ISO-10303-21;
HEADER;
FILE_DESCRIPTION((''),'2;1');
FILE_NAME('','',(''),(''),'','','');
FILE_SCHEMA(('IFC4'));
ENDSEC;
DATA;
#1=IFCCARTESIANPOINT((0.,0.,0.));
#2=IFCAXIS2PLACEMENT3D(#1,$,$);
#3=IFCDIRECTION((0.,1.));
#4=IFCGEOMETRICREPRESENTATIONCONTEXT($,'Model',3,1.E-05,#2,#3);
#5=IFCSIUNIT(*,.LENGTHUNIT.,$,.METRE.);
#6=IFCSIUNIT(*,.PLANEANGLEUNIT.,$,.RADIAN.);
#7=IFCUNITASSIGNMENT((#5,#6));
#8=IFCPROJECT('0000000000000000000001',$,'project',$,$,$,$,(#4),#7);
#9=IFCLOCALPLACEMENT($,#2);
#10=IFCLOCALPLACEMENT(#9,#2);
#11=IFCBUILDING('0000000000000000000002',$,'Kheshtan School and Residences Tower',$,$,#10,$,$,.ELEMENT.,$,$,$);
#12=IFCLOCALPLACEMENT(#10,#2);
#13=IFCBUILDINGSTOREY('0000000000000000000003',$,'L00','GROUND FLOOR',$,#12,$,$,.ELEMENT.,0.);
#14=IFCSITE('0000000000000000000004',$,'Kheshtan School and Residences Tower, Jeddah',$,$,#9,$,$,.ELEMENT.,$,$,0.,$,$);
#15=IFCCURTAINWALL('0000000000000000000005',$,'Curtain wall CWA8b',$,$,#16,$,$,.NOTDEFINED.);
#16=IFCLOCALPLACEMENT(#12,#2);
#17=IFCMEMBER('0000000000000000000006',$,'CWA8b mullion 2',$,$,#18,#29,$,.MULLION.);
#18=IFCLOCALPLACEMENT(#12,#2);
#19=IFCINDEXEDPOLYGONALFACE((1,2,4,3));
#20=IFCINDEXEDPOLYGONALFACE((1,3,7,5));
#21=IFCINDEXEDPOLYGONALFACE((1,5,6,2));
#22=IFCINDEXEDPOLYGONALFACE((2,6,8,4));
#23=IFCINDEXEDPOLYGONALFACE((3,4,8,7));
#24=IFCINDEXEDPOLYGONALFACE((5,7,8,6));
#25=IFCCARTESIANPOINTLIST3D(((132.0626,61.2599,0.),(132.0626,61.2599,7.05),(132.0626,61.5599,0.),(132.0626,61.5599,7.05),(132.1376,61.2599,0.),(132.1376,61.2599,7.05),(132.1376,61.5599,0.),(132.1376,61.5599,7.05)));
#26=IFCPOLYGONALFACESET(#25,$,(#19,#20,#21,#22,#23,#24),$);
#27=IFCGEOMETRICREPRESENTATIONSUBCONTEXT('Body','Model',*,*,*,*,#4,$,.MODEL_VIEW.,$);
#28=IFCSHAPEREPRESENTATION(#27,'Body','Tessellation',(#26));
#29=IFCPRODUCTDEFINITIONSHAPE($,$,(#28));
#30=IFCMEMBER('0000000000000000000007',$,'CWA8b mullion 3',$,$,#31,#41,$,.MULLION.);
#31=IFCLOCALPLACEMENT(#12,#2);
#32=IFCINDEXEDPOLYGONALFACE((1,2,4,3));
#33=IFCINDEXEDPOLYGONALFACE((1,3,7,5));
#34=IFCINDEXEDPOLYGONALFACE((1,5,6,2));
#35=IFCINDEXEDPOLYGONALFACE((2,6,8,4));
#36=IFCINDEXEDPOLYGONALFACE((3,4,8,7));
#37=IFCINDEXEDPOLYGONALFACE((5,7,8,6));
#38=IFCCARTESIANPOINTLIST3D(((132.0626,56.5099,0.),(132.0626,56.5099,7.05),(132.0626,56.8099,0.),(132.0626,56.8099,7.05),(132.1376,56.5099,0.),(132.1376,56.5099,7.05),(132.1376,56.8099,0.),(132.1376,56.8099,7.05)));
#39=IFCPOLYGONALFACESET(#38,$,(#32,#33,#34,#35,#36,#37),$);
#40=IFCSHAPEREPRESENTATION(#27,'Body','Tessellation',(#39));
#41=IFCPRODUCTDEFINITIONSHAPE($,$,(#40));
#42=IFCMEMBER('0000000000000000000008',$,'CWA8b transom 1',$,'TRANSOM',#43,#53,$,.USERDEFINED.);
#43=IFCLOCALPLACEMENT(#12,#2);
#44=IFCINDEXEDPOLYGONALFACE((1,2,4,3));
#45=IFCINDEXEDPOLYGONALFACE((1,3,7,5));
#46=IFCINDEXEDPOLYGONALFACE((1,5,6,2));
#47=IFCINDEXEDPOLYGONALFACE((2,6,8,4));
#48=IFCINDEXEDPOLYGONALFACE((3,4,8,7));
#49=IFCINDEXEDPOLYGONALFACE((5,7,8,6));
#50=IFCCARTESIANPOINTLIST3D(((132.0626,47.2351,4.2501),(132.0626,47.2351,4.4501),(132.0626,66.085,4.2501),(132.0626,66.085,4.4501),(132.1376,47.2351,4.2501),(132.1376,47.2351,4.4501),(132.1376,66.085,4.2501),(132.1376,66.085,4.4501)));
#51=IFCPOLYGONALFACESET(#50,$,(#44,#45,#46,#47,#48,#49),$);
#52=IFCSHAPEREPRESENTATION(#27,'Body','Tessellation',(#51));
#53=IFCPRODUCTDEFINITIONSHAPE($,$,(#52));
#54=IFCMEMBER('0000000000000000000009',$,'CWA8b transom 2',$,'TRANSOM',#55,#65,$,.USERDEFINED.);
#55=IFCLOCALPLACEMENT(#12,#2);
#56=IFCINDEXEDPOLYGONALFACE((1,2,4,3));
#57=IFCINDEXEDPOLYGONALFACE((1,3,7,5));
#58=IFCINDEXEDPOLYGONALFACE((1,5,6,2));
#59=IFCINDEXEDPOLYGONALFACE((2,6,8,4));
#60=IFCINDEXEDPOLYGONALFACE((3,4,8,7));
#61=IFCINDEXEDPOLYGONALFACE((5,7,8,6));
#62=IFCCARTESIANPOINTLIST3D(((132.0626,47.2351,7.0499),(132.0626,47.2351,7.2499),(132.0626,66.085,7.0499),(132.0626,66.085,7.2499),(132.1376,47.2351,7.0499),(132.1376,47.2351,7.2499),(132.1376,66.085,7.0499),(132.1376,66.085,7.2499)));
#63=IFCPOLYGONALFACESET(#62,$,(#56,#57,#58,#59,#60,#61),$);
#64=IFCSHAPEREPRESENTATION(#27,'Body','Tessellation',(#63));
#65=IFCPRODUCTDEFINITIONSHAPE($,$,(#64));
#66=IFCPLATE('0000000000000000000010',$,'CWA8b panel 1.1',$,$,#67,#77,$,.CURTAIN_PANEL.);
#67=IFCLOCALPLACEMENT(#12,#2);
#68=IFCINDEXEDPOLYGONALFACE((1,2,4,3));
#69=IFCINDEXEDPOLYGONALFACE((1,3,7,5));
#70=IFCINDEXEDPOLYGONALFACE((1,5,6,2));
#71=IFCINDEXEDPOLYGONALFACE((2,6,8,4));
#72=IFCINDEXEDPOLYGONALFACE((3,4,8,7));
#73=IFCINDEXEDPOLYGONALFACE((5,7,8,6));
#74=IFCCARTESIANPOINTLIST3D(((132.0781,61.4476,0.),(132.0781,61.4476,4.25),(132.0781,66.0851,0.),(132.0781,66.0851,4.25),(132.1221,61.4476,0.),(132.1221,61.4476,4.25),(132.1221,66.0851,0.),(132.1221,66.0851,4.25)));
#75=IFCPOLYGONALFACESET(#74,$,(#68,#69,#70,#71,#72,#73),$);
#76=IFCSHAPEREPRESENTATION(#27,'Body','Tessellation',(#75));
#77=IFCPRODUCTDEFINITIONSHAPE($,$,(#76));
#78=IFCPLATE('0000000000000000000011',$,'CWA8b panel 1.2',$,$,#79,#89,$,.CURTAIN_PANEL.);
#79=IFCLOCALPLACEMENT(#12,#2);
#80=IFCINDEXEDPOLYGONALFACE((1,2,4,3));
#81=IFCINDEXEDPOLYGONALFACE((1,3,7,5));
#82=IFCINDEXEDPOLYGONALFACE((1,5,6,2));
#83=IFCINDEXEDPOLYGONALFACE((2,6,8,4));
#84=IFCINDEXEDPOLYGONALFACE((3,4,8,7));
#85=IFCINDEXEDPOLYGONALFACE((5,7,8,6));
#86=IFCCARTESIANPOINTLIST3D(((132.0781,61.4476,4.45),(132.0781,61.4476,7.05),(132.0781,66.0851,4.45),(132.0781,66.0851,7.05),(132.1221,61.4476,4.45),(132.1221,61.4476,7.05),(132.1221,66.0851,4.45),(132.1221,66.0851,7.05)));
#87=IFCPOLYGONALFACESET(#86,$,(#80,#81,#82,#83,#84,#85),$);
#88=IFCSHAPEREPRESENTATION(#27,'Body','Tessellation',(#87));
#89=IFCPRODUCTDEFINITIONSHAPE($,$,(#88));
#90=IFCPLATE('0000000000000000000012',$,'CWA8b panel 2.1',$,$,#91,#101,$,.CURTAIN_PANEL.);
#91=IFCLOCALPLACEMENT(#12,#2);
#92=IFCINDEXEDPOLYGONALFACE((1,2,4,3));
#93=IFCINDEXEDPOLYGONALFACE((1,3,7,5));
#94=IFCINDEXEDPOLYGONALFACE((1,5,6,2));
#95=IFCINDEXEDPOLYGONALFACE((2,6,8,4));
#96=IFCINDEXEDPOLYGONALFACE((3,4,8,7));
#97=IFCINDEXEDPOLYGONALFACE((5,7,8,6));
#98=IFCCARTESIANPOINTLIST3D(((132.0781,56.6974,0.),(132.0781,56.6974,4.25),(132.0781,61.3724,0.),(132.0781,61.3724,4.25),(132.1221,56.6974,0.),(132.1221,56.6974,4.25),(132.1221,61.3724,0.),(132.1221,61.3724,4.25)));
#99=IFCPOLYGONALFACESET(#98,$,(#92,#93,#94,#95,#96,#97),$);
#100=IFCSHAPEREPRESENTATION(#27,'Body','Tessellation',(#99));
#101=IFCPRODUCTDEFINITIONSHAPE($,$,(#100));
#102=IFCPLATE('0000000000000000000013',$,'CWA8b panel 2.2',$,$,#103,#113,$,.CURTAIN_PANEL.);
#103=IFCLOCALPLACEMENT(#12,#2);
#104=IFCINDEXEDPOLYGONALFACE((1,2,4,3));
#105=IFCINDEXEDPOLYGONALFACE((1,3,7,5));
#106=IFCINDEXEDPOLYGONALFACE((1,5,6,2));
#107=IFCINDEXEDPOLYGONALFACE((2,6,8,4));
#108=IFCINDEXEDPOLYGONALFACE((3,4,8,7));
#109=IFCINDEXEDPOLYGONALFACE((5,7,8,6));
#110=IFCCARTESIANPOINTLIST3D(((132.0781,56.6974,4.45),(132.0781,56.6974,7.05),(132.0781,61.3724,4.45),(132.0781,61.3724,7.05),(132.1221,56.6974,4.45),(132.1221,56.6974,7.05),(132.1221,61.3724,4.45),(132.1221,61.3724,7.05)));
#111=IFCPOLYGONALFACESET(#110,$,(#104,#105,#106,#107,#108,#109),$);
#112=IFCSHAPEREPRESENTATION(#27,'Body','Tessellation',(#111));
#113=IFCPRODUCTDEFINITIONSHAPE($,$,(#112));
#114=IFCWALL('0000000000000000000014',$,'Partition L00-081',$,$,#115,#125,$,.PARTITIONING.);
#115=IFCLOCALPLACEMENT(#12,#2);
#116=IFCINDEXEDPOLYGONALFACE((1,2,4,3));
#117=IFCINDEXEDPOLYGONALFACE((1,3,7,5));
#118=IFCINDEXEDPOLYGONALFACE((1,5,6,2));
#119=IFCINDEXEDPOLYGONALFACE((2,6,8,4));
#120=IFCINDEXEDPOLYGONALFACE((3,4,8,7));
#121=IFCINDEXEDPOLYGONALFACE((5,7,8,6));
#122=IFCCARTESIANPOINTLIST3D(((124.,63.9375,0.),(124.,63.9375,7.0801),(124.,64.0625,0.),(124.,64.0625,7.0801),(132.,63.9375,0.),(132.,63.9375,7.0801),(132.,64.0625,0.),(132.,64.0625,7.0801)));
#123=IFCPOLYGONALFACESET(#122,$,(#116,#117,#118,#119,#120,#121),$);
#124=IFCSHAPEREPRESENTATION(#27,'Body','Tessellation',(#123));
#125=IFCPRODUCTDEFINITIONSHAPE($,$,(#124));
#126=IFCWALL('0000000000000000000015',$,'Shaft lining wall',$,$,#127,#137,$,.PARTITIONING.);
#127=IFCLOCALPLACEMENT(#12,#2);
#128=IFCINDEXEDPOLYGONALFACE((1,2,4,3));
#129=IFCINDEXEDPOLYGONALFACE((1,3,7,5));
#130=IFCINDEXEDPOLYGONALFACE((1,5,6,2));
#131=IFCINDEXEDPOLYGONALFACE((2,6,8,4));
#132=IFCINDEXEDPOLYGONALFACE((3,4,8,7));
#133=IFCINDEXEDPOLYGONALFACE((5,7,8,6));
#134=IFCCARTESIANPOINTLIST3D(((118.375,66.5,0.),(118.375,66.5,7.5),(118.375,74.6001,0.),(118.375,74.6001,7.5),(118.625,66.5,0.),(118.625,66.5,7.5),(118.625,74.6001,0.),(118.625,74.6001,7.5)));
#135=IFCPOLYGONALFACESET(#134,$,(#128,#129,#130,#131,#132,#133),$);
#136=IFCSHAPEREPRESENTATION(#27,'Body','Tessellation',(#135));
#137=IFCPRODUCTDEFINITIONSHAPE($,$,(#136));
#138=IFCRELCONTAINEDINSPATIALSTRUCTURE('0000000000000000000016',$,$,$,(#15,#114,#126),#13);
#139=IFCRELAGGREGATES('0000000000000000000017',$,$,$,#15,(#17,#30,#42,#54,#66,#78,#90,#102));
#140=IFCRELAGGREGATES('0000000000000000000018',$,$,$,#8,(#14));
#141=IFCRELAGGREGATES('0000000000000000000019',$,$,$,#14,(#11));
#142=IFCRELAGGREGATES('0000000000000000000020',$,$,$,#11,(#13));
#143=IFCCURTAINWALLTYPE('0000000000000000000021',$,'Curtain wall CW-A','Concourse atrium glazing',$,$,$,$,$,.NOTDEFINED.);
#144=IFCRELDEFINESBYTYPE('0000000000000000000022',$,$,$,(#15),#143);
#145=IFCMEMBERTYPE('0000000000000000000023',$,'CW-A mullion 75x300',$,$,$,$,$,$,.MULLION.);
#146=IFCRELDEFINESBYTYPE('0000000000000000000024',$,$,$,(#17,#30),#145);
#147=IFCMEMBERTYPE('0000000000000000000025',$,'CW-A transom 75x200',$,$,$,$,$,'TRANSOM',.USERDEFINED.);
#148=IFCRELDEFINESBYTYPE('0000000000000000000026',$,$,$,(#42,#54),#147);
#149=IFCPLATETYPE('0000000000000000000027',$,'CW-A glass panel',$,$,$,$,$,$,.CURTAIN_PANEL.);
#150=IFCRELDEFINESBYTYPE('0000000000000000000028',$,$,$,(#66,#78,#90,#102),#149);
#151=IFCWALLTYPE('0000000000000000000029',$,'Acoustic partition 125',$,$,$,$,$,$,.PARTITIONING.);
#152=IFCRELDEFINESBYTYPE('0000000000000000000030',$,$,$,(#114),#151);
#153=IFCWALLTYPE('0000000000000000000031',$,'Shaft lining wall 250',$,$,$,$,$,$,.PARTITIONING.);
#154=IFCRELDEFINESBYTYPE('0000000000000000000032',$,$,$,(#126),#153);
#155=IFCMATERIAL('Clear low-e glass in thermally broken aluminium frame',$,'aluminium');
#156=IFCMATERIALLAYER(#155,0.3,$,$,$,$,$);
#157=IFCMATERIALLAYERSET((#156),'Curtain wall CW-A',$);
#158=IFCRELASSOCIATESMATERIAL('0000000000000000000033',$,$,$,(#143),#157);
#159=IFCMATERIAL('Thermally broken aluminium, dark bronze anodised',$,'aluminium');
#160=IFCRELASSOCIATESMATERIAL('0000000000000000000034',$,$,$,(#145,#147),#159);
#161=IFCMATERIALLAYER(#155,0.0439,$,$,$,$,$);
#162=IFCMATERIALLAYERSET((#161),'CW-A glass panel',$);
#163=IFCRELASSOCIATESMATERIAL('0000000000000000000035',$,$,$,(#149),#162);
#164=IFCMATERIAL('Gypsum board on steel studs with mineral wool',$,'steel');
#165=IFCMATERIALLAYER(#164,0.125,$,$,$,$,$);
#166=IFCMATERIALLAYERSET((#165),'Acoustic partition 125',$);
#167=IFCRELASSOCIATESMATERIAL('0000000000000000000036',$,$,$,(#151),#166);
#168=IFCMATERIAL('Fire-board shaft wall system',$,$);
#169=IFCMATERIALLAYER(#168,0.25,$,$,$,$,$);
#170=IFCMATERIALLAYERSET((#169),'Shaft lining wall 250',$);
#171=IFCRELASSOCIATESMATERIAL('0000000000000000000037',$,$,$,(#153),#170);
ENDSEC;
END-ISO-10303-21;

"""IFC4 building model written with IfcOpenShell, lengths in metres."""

from ifc_helpers import new_model, si_unit, direction, frame, frame_2d, origin, origin_2d, place, context, subcontext, project, spatial, rectangle, extrude, material, layer, layer_set, material_profile, profile_set, type_object, element, aggregate, save


model = new_model("IFC4")

# Units and contexts
model_context = context("Model", 3, precision=1e-05, world=origin(), true_north=direction((0.0, 1.0)))
body_context = subcontext(model_context, "Body", "Model", "MODEL_VIEW")
ifc_project = project(units=[si_unit("LENGTHUNIT", "METRE"), si_unit("PLANEANGLEUNIT", "RADIAN")], contexts=[model_context])

# Site, building, storey
site_placement = place(None, origin())
site = spatial("IfcSite", under=ifc_project, at=site_placement, Name="Kheshtan School and Residences Tower, Jeddah", CompositionType="ELEMENT", RefElevation=0.0)
building_placement = place(site_placement, origin())
building = spatial("IfcBuilding", under=site, at=building_placement, Name="Kheshtan School and Residences Tower", CompositionType="ELEMENT")
storey_placement = place(building_placement, origin())
storey = spatial("IfcBuildingStorey", under=building, at=storey_placement, Name="L00", Description="GROUND FLOOR", CompositionType="ELEMENT", Elevation=0.0)

# Curtain wall, members, plates
ifc_material_1 = material(Name="Clear low-e glass in thermally broken aluminium frame", Category="aluminium")
ifc_layer_1 = layer(ifc_material_1, 0.3)
ifc_layer_set_1 = layer_set([ifc_layer_1], Name="Curtain wall CW-A")
curtain_wall_type = type_object("IfcCurtainWallType", Name="Curtain wall CW-A", Description="Concourse atrium glazing", PredefinedType="NOTDEFINED", material=ifc_layer_set_1)
curtain_wall_placement = place(storey_placement, origin())
curtain_wall = element("IfcCurtainWall", 1, at=curtain_wall_placement, inside=storey, type_object=curtain_wall_type, Name="Curtain wall CWA8b", PredefinedType="NOTDEFINED")
ifc_material_2 = material(Name="Thermally broken aluminium, dark bronze anodised", Category="aluminium")
ifc_material_profile_1 = material_profile(ifc_material_2, rectangle(XDim=0.075, YDim=0.3, at=origin_2d()), Name="CW-A mullion 75x300")
ifc_profile_set_1 = profile_set([ifc_material_profile_1], Name="Thermally broken aluminium, dark bronze anodised")
member_type_1 = type_object("IfcMemberType", Name="CW-A mullion 75x300", PredefinedType="MULLION", material=ifc_profile_set_1)
member_1_placement = place(storey_placement, frame((132.1001, 61.4099, 0.0), z_axis=(0.0, 0.0, 1.0), x_axis=(1.0, 0.0, 0.0)))
member_1 = element("IfcMember", 2, at=member_1_placement, type_object=member_type_1, Name="CWA8b mullion 2", PredefinedType="MULLION", context=body_context, shape_type="SweptSolid", body=[
    extrude(rectangle(XDim=0.075, YDim=0.3, at=origin_2d()), origin(), (0.0, 0.0, 1.0), 7.05),
])
member_2_placement = place(storey_placement, frame((132.1001, 56.6599, 0.0), z_axis=(0.0, 0.0, 1.0), x_axis=(1.0, 0.0, 0.0)))
member_2 = element("IfcMember", 3, at=member_2_placement, type_object=member_type_1, Name="CWA8b mullion 3", PredefinedType="MULLION", context=body_context, shape_type="SweptSolid", body=[
    extrude(rectangle(XDim=0.075, YDim=0.3, at=origin_2d()), origin(), (0.0, 0.0, 1.0), 7.05),
])
ifc_material_profile_2 = material_profile(ifc_material_2, rectangle(XDim=0.075, YDim=0.2, at=origin_2d()), Name="CW-A transom 75x200")
ifc_profile_set_2 = profile_set([ifc_material_profile_2], Name="Thermally broken aluminium, dark bronze anodised")
member_type_2 = type_object("IfcMemberType", Name="CW-A transom 75x200", ElementType="TRANSOM", PredefinedType="USERDEFINED", material=ifc_profile_set_2)
member_3_placement = place(storey_placement, frame((132.1001, 66.085, 4.3501), z_axis=(0.0, -1.0, 0.0), x_axis=(1.0, 0.0, 0.0)))
member_3 = element("IfcMember", 4, at=member_3_placement, type_object=member_type_2, Name="CWA8b transom 1", ObjectType="TRANSOM", PredefinedType="USERDEFINED", context=body_context, shape_type="SweptSolid", body=[
    extrude(rectangle(XDim=0.075, YDim=0.2, at=origin_2d()), origin(), (0.0, 0.0, 1.0), 18.8499),
])
member_4_placement = place(storey_placement, frame((132.1001, 66.085, 7.1499), z_axis=(0.0, -1.0, 0.0), x_axis=(1.0, 0.0, 0.0)))
member_4 = element("IfcMember", 5, at=member_4_placement, type_object=member_type_2, Name="CWA8b transom 2", ObjectType="TRANSOM", PredefinedType="USERDEFINED", context=body_context, shape_type="SweptSolid", body=[
    extrude(rectangle(XDim=0.075, YDim=0.2, at=origin_2d()), origin(), (0.0, 0.0, 1.0), 18.8499),
])
ifc_layer_2 = layer(ifc_material_1, 0.0439)
ifc_layer_set_2 = layer_set([ifc_layer_2], Name="CW-A glass panel")
plate_type = type_object("IfcPlateType", Name="CW-A glass panel", PredefinedType="CURTAIN_PANEL", material=ifc_layer_set_2)
plate_1_placement = place(storey_placement, frame((132.1001, 63.7664, 0.0), z_axis=(0.0, 0.0, 1.0), x_axis=(0.0, -1.0, 0.0)))
plate_1 = element("IfcPlate", 6, at=plate_1_placement, type_object=plate_type, Name="CWA8b panel 1.1", PredefinedType="CURTAIN_PANEL", context=body_context, shape_type="SweptSolid", body=[
    extrude(rectangle(XDim=4.6375, YDim=0.0439, at=origin_2d()), origin(), (0.0, 0.0, 1.0), 4.25),
])
plate_2_placement = place(storey_placement, frame((132.1001, 63.7664, 4.45), z_axis=(0.0, 0.0, 1.0), x_axis=(0.0, -1.0, 0.0)))
plate_2 = element("IfcPlate", 7, at=plate_2_placement, type_object=plate_type, Name="CWA8b panel 1.2", PredefinedType="CURTAIN_PANEL", context=body_context, shape_type="SweptSolid", body=[
    extrude(rectangle(XDim=4.6375, YDim=0.0439, at=origin_2d()), origin(), (0.0, 0.0, 1.0), 2.6001),
])
plate_3_placement = place(storey_placement, frame((132.1001, 59.0349, 0.0), z_axis=(0.0, 0.0, 1.0), x_axis=(0.0, -1.0, 0.0)))
plate_3 = element("IfcPlate", 8, at=plate_3_placement, type_object=plate_type, Name="CWA8b panel 2.1", PredefinedType="CURTAIN_PANEL", context=body_context, shape_type="SweptSolid", body=[
    extrude(rectangle(XDim=4.675, YDim=0.0439, at=origin_2d()), origin(), (0.0, 0.0, 1.0), 4.25),
])
plate_4_placement = place(storey_placement, frame((132.1001, 59.0349, 4.45), z_axis=(0.0, 0.0, 1.0), x_axis=(0.0, -1.0, 0.0)))
plate_4 = element("IfcPlate", 9, at=plate_4_placement, type_object=plate_type, Name="CWA8b panel 2.2", PredefinedType="CURTAIN_PANEL", context=body_context, shape_type="SweptSolid", body=[
    extrude(rectangle(XDim=4.675, YDim=0.0439, at=origin_2d()), origin(), (0.0, 0.0, 1.0), 2.6001),
])
aggregate(curtain_wall, [member_1, member_2, member_3, member_4, plate_1, plate_2, plate_3, plate_4])

# Walls
ifc_material_3 = material(Name="Gypsum board on steel studs with mineral wool", Category="steel")
ifc_layer_3 = layer(ifc_material_3, 0.125)
ifc_layer_set_3 = layer_set([ifc_layer_3], Name="Acoustic partition 125")
wall_type_1 = type_object("IfcWallType", Name="Acoustic partition 125", PredefinedType="PARTITIONING", material=ifc_layer_set_3)
wall_1_placement = place(storey_placement, frame((124.0, 64.0, 0.0), z_axis=(0.0, 0.0, 1.0), x_axis=(1.0, 0.0, 0.0)))
element("IfcWall", 10, at=wall_1_placement, inside=storey, type_object=wall_type_1, Name="Partition L00-081", PredefinedType="PARTITIONING", context=body_context, shape_type="SweptSolid", body=[
    extrude(rectangle(XDim=8.0, YDim=0.125, at=frame_2d((4.0, 0.0))), origin(), (0.0, 0.0, 1.0), 7.0801),
])
ifc_material_4 = material(Name="Fire-board shaft wall system")
ifc_layer_4 = layer(ifc_material_4, 0.25)
ifc_layer_set_4 = layer_set([ifc_layer_4], Name="Shaft lining wall 250")
wall_type_2 = type_object("IfcWallType", Name="Shaft lining wall 250", PredefinedType="PARTITIONING", material=ifc_layer_set_4)
wall_2_placement = place(storey_placement, frame((118.5, 66.5, 0.0), z_axis=(0.0, 0.0, 1.0), x_axis=(0.0, 1.0, 0.0)))
element("IfcWall", 11, at=wall_2_placement, inside=storey, type_object=wall_type_2, Name="Shaft lining wall", PredefinedType="PARTITIONING", context=body_context, shape_type="SweptSolid", body=[
    extrude(rectangle(XDim=8.1001, YDim=0.25, at=frame_2d((4.05, 0.0))), origin(), (0.0, 0.0, 1.0), 7.5),
])

save(model, "model.ifc")
